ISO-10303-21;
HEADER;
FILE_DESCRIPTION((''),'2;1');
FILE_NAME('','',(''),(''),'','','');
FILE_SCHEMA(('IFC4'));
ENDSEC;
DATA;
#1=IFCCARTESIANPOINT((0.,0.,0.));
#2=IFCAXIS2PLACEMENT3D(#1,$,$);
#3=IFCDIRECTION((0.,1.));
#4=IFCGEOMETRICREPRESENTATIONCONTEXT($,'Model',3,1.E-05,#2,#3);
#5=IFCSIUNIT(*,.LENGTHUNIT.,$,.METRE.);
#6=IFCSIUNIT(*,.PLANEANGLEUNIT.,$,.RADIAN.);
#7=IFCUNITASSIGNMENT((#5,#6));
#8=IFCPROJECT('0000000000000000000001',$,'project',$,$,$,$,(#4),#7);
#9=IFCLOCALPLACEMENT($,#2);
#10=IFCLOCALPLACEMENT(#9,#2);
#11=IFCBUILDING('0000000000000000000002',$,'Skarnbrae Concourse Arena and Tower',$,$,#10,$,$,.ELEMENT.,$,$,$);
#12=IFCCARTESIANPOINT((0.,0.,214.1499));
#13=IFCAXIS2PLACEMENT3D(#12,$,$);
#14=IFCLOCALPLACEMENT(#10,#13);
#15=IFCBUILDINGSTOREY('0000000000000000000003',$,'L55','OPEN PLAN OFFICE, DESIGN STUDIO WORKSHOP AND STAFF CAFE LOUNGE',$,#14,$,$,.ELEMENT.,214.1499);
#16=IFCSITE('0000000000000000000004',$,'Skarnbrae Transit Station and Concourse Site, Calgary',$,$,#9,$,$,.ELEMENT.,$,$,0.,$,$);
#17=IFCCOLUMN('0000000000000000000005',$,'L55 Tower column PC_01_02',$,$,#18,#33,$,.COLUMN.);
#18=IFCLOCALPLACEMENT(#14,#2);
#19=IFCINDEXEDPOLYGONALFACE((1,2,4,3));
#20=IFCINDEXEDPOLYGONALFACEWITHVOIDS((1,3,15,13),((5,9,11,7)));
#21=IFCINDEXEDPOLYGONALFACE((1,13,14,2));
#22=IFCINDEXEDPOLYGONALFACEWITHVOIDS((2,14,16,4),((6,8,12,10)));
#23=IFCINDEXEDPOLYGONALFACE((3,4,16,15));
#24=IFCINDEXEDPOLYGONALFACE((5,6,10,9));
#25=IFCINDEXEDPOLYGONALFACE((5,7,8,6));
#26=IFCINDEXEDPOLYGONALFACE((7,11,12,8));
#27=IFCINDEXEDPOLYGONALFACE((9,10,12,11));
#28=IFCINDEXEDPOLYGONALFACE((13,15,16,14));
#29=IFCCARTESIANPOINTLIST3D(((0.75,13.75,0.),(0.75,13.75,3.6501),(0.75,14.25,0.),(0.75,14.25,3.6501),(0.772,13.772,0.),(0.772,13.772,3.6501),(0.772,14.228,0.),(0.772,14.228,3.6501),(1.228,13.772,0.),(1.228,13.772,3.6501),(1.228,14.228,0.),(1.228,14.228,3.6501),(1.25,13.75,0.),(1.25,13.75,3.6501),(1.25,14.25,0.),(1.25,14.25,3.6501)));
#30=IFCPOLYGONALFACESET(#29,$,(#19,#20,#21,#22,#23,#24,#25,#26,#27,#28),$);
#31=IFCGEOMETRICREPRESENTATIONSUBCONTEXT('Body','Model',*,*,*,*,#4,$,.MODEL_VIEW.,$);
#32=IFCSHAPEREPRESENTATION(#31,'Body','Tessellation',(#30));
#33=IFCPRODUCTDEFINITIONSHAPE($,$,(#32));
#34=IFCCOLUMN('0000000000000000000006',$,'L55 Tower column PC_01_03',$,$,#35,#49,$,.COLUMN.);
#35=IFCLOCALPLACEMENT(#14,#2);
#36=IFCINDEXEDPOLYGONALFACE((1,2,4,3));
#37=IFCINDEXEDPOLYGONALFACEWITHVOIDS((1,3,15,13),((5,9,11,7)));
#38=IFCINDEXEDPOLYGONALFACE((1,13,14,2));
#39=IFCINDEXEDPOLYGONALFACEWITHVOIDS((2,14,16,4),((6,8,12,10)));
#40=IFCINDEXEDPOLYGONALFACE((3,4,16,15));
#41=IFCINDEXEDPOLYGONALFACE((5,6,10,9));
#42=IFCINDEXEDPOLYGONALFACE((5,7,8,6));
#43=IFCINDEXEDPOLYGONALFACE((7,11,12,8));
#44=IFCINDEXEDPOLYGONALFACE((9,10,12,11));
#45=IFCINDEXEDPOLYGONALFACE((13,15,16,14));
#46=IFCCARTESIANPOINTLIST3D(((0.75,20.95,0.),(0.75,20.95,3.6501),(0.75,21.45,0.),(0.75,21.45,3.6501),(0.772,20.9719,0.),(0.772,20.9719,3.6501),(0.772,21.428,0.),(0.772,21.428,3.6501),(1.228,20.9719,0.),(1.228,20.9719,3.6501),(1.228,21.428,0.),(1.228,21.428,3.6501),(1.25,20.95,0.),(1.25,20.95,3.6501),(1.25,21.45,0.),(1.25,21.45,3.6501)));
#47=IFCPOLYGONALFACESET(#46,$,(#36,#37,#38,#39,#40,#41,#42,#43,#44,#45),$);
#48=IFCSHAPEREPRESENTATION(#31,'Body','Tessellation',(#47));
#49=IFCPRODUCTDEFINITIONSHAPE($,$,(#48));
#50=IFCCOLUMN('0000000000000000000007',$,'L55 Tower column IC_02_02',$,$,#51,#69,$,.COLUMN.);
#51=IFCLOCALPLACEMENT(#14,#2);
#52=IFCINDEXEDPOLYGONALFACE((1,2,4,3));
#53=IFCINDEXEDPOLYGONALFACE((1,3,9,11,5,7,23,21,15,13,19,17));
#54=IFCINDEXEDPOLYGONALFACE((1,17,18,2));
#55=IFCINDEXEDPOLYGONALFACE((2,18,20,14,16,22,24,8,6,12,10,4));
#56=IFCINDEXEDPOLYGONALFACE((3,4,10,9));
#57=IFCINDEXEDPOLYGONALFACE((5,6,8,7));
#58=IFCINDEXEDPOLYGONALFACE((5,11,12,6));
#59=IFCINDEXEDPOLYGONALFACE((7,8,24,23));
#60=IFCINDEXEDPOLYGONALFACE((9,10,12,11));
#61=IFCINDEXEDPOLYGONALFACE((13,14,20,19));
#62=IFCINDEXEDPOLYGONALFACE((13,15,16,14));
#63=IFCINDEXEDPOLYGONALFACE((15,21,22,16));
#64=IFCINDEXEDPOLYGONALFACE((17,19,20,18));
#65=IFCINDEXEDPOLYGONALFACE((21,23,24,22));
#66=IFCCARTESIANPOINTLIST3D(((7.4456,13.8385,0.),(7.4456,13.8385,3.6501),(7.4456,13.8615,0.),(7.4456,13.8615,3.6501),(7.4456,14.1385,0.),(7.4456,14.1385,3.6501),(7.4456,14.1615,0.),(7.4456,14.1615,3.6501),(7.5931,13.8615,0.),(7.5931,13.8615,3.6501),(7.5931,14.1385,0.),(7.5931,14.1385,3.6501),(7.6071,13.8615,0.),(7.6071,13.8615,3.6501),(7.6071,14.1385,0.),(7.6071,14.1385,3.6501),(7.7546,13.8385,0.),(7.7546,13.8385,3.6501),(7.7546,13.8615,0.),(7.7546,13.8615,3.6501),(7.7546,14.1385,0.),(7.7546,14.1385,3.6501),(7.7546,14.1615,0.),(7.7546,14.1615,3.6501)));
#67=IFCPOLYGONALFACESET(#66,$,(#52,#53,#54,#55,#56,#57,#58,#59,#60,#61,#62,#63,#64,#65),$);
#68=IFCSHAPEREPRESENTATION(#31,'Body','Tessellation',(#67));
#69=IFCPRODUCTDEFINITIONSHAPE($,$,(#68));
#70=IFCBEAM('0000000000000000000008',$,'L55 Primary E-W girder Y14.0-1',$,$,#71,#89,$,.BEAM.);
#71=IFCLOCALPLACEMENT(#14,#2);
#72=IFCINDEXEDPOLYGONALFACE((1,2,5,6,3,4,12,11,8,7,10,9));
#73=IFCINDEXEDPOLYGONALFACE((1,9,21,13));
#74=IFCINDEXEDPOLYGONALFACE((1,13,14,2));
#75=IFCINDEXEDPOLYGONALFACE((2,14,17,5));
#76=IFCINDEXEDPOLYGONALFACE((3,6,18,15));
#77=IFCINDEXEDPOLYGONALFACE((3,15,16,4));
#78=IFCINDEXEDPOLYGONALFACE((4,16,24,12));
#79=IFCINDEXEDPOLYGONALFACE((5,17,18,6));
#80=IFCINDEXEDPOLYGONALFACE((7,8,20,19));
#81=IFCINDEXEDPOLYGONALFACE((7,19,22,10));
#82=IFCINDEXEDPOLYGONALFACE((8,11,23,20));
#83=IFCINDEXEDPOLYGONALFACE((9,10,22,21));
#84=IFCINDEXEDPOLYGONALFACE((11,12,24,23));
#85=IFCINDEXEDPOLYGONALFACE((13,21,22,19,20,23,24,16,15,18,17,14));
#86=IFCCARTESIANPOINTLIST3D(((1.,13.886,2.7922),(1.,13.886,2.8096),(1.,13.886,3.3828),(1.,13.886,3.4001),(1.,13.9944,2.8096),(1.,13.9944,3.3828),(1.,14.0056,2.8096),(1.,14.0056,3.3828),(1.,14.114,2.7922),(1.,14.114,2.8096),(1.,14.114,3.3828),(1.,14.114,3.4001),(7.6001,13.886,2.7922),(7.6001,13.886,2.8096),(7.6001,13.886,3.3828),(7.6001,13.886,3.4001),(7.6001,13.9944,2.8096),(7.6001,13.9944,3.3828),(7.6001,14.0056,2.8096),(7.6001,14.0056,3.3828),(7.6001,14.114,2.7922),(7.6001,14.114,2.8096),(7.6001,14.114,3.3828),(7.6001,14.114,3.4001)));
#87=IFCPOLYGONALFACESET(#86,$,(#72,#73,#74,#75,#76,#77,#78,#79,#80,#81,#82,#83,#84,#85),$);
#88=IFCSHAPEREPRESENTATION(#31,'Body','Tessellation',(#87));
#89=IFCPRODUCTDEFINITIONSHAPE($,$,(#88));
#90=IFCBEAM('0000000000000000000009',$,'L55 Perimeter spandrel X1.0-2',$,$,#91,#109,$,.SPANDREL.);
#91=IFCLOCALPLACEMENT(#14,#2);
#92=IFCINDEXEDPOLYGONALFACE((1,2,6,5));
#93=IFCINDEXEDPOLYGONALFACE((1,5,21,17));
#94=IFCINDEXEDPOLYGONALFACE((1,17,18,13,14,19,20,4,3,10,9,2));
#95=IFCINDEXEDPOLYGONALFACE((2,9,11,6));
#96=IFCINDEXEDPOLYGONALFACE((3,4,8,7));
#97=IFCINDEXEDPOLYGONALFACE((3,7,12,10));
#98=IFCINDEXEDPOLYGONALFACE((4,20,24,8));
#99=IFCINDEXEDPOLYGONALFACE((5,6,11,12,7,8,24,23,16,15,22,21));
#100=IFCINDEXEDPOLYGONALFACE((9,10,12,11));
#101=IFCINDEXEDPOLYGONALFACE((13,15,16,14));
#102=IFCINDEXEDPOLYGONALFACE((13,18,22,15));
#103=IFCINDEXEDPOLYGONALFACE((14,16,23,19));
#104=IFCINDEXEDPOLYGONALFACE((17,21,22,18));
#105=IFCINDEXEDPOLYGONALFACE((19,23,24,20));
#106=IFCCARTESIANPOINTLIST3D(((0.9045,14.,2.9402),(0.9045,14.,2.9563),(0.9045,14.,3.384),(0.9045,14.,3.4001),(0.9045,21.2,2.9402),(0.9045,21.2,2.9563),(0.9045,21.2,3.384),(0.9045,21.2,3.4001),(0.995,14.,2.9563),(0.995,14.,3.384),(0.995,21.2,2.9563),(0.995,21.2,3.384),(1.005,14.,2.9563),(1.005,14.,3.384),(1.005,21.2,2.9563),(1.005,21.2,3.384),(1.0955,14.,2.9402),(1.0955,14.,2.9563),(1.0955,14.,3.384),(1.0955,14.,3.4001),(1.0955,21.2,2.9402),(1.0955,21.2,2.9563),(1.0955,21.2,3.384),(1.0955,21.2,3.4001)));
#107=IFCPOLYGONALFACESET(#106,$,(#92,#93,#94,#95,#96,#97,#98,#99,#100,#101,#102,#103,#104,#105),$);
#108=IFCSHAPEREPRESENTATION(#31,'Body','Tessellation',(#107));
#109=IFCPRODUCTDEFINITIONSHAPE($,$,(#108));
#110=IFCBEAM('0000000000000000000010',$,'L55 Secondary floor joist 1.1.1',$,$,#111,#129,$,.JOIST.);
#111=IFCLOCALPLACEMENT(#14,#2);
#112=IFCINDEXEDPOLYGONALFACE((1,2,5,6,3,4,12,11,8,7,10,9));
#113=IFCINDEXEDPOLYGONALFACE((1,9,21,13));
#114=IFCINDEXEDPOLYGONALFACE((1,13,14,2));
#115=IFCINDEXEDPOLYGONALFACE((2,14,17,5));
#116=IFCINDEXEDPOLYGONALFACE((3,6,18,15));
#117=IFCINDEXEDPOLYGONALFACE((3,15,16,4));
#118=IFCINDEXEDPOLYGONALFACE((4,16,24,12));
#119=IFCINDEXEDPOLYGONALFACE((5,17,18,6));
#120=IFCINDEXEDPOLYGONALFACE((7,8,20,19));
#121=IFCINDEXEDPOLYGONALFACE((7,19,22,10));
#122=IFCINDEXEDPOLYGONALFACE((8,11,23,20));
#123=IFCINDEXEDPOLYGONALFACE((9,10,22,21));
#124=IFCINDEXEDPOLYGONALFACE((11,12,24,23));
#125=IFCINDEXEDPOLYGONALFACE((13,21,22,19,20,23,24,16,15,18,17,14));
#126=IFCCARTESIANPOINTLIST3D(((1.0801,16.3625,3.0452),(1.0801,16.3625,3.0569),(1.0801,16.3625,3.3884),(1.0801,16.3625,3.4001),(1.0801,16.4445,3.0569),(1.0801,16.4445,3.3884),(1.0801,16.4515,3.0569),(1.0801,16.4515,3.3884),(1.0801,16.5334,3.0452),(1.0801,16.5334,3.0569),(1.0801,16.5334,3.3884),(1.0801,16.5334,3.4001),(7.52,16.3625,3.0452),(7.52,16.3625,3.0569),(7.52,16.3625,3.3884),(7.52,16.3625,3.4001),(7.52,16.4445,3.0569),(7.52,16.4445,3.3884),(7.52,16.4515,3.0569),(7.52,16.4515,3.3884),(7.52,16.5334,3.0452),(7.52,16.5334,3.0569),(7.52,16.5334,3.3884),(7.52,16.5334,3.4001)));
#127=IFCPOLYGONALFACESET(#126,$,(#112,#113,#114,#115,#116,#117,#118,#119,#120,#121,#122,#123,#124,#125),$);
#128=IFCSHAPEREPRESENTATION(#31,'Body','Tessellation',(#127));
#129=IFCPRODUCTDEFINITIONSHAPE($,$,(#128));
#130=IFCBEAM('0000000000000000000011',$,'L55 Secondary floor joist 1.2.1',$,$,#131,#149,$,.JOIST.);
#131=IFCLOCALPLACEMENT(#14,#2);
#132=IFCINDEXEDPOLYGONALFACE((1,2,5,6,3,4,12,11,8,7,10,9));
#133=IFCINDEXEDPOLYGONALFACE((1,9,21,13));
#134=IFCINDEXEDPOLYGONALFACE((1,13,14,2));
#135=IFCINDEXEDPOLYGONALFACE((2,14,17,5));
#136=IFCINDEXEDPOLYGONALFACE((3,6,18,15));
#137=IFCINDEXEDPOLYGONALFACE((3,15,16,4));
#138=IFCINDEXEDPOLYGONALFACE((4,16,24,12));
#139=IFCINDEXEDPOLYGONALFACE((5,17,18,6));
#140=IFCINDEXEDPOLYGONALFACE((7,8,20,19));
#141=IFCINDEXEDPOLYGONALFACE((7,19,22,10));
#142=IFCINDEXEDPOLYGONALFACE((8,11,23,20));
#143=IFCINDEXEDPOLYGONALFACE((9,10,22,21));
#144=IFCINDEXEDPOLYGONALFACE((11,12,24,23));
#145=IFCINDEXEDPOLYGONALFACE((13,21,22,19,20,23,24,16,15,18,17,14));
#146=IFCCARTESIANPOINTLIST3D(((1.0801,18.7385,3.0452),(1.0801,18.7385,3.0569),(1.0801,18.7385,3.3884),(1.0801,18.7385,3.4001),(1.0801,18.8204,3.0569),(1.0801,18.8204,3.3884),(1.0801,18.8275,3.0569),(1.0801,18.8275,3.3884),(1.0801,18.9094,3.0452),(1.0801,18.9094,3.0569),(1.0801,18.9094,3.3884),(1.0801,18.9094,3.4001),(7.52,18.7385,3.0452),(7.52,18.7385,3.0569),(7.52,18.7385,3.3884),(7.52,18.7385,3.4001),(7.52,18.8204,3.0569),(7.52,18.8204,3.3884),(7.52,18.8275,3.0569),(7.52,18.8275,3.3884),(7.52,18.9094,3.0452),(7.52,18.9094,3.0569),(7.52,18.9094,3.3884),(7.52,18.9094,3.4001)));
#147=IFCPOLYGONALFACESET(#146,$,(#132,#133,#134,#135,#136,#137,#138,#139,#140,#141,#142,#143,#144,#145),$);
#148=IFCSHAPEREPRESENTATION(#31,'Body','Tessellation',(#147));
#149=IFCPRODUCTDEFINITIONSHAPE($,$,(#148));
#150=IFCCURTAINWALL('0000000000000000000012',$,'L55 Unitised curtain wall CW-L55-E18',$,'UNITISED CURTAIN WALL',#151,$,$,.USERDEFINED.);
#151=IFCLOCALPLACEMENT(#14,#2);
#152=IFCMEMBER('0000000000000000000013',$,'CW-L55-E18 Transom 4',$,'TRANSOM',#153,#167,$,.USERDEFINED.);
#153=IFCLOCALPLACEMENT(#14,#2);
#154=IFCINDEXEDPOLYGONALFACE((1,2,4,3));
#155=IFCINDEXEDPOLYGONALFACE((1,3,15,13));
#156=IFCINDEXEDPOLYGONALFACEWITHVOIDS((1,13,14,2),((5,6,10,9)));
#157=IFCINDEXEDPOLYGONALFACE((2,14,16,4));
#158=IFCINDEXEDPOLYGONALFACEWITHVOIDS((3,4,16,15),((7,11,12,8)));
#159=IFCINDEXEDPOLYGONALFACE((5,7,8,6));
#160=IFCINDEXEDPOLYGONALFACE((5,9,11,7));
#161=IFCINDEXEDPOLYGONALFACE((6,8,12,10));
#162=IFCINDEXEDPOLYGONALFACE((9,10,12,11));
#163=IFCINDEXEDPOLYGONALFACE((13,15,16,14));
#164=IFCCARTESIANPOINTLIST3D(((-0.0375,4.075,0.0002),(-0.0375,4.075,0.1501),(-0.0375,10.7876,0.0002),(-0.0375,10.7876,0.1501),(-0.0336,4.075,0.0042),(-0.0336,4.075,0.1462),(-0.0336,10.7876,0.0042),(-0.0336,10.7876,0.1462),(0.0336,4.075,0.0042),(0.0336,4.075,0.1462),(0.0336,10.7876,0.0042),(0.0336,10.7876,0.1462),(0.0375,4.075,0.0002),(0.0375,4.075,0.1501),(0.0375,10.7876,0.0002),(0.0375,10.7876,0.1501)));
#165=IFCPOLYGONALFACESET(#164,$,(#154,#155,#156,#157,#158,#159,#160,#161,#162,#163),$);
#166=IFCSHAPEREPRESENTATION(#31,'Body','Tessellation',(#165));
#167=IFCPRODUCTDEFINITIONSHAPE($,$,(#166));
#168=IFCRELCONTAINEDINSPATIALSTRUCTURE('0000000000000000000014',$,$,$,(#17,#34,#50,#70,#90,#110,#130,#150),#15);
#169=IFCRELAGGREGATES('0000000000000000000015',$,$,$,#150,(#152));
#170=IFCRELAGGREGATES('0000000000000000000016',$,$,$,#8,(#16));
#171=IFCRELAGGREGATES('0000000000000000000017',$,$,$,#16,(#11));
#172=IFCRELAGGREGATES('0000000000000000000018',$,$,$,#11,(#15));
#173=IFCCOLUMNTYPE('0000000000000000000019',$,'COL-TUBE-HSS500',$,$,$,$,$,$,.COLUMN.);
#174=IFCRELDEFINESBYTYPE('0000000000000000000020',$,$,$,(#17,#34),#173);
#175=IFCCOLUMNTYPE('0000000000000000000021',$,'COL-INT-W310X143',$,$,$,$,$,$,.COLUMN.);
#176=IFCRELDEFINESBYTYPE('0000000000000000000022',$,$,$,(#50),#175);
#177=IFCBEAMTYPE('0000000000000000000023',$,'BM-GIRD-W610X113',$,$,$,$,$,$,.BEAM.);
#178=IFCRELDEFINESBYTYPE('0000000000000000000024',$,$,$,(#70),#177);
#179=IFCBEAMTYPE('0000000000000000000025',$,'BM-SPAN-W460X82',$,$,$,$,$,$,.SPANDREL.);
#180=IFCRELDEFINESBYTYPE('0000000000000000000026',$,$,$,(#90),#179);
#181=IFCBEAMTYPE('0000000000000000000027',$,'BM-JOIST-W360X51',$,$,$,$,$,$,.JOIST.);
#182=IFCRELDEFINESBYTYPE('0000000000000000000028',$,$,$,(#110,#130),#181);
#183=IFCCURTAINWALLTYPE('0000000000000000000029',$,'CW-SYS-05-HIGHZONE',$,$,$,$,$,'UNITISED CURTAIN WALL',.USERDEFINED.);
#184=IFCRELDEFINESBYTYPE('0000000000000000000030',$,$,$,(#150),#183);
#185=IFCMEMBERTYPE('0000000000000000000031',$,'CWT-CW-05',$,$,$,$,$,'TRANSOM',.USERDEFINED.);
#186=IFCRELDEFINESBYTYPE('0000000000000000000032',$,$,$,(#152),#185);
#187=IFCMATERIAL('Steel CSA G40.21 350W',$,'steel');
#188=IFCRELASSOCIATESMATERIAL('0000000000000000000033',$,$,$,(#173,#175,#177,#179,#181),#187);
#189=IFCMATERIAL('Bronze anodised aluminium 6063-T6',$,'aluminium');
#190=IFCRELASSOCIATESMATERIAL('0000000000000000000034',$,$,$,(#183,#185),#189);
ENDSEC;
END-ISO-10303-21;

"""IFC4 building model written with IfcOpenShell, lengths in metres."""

from ifc_helpers import new_model, si_unit, direction, frame, origin, origin_2d, place, context, subcontext, project, spatial, hollow_rectangle, i_section, extrude, source, transform, mapped, material, material_profile, profile_set, type_object, element, aggregate, save


model = new_model("IFC4")

# Units and contexts
model_context = context("Model", 3, precision=1e-05, world=origin(), true_north=direction((0.0, 1.0)))
body_context = subcontext(model_context, "Body", "Model", "MODEL_VIEW")
ifc_project = project(units=[si_unit("LENGTHUNIT", "METRE"), si_unit("PLANEANGLEUNIT", "RADIAN")], contexts=[model_context])

# Site, building, storey
site_placement = place(None, origin())
site = spatial("IfcSite", under=ifc_project, at=site_placement, Name="Skarnbrae Transit Station and Concourse Site, Calgary", CompositionType="ELEMENT", RefElevation=0.0)
building_placement = place(site_placement, origin())
building = spatial("IfcBuilding", under=site, at=building_placement, Name="Skarnbrae Concourse Arena and Tower", CompositionType="ELEMENT")
storey_placement = place(building_placement, frame((0.0, 0.0, 214.1499)))
storey = spatial("IfcBuildingStorey", under=building, at=storey_placement, Name="L55", Description="OPEN PLAN OFFICE, DESIGN STUDIO WORKSHOP AND STAFF CAFE LOUNGE", CompositionType="ELEMENT", Elevation=214.1499)

# Columns
ifc_material_1 = material(Name="Steel CSA G40.21 350W", Category="steel")
ifc_material_profile_1 = material_profile(ifc_material_1, hollow_rectangle(XDim=0.5, YDim=0.5, WallThickness=0.022, at=origin_2d()), Name="HSS500X500X22.0")
ifc_profile_set_1 = profile_set([ifc_material_profile_1], Name="Steel CSA G40.21 350W")
column_type_1 = type_object("IfcColumnType", Name="COL-TUBE-HSS500", PredefinedType="COLUMN", material=ifc_profile_set_1)
shared_shape_1 = source(origin(), body_context, "Body", "SweptSolid", [
    extrude(hollow_rectangle(XDim=0.5, YDim=0.5, WallThickness=0.022, at=origin_2d()), origin(), (0.0, 0.0, 1.0), 3.6501),
])
for number, where, z_axis, x_axis, name in (
    (1, (1.0, 14.0, 0.0), (0.0, 0.0, 1.0), (1.0, 0.0, 0.0), "L55 Tower column PC_01_02"),
    (2, (1.0, 21.2, 0.0), (0.0, 0.0, 1.0), (1.0, 0.0, 0.0), "L55 Tower column PC_01_03"),
):
    element("IfcColumn", number, at=place(storey_placement, frame(where, z_axis=z_axis, x_axis=x_axis)), inside=storey, type_object=column_type_1, Name=name, PredefinedType="COLUMN", context=body_context, shape_type="MappedRepresentation", body=[
        mapped(shared_shape_1, transform((0.0, 0.0, 0.0))),
    ])
ifc_material_profile_2 = material_profile(ifc_material_1, i_section(OverallWidth=0.3091, OverallDepth=0.323, WebThickness=0.0139, FlangeThickness=0.0229, at=origin_2d()), Name="W310X143")
ifc_profile_set_2 = profile_set([ifc_material_profile_2], Name="Steel CSA G40.21 350W")
column_type_2 = type_object("IfcColumnType", Name="COL-INT-W310X143", PredefinedType="COLUMN", material=ifc_profile_set_2)
shared_shape_2 = source(origin(), body_context, "Body", "SweptSolid", [
    extrude(i_section(OverallWidth=0.3091, OverallDepth=0.323, WebThickness=0.0139, FlangeThickness=0.0229, at=origin_2d()), origin(), (0.0, 0.0, 1.0), 3.6501),
])
column_placement = place(storey_placement, frame((7.6001, 14.0, 0.0), z_axis=(0.0, 0.0, 1.0), x_axis=(1.0, 0.0, 0.0)))
element("IfcColumn", 3, at=column_placement, inside=storey, type_object=column_type_2, Name="L55 Tower column IC_02_02", PredefinedType="COLUMN", context=body_context, shape_type="MappedRepresentation", body=[
    mapped(shared_shape_2, transform((0.0, 0.0, 0.0))),
])

# Beams
ifc_material_profile_3 = material_profile(ifc_material_1, i_section(OverallWidth=0.228, OverallDepth=0.6079, WebThickness=0.0112, FlangeThickness=0.0173, at=origin_2d()), Name="W610X113")
ifc_profile_set_3 = profile_set([ifc_material_profile_3], Name="Steel CSA G40.21 350W")
beam_type_1 = type_object("IfcBeamType", Name="BM-GIRD-W610X113", PredefinedType="BEAM", material=ifc_profile_set_3)
shared_shape_3 = source(origin(), body_context, "Body", "SweptSolid", [
    extrude(i_section(OverallWidth=0.228, OverallDepth=0.6079, WebThickness=0.0112, FlangeThickness=0.0173, at=origin_2d()), origin(), (0.0, 0.0, 1.0), 6.6001),
])
beam_1_placement = place(storey_placement, frame((1.0, 14.0, 3.0962), z_axis=(1.0, 0.0, 0.0), x_axis=(0.0, 1.0, 0.0)))
element("IfcBeam", 4, at=beam_1_placement, inside=storey, type_object=beam_type_1, Name="L55 Primary E-W girder Y14.0-1", PredefinedType="BEAM", context=body_context, shape_type="MappedRepresentation", body=[
    mapped(shared_shape_3, transform((0.0, 0.0, 0.0))),
])
ifc_material_profile_4 = material_profile(ifc_material_1, i_section(OverallWidth=0.1909, OverallDepth=0.46, WebThickness=0.01, FlangeThickness=0.0161, at=origin_2d()), Name="W460X82")
ifc_profile_set_4 = profile_set([ifc_material_profile_4], Name="Steel CSA G40.21 350W")
beam_type_2 = type_object("IfcBeamType", Name="BM-SPAN-W460X82", PredefinedType="SPANDREL", material=ifc_profile_set_4)
shared_shape_4 = source(origin(), body_context, "Body", "SweptSolid", [
    extrude(i_section(OverallWidth=0.1909, OverallDepth=0.46, WebThickness=0.01, FlangeThickness=0.0161, at=origin_2d()), origin(), (0.0, 0.0, 1.0), 7.2),
])
beam_2_placement = place(storey_placement, frame((1.0, 14.0, 3.1702), z_axis=(0.0, 1.0, 0.0), x_axis=(-1.0, 0.0, 0.0)))
element("IfcBeam", 5, at=beam_2_placement, inside=storey, type_object=beam_type_2, Name="L55 Perimeter spandrel X1.0-2", PredefinedType="SPANDREL", context=body_context, shape_type="MappedRepresentation", body=[
    mapped(shared_shape_4, transform((0.0, 0.0, 0.0))),
])
ifc_material_profile_5 = material_profile(ifc_material_1, i_section(OverallWidth=0.1709, OverallDepth=0.355, WebThickness=0.0071, FlangeThickness=0.0117, at=origin_2d()), Name="W360X51")
ifc_profile_set_5 = profile_set([ifc_material_profile_5], Name="Steel CSA G40.21 350W")
beam_type_3 = type_object("IfcBeamType", Name="BM-JOIST-W360X51", PredefinedType="JOIST", material=ifc_profile_set_5)
shared_shape_5 = source(origin(), body_context, "Body", "SweptSolid", [
    extrude(i_section(OverallWidth=0.1709, OverallDepth=0.355, WebThickness=0.0071, FlangeThickness=0.0117, at=origin_2d()), origin(), (0.0, 0.0, 1.0), 6.4399),
])
for number, where, z_axis, x_axis, name in (
    (6, (1.0801, 16.448, 3.2227), (1.0, 0.0, 0.0), (0.0, 1.0, 0.0), "L55 Secondary floor joist 1.1.1"),
    (7, (1.0801, 18.824, 3.2227), (1.0, 0.0, 0.0), (0.0, 1.0, 0.0), "L55 Secondary floor joist 1.2.1"),
):
    element("IfcBeam", number, at=place(storey_placement, frame(where, z_axis=z_axis, x_axis=x_axis)), inside=storey, type_object=beam_type_3, Name=name, PredefinedType="JOIST", context=body_context, shape_type="MappedRepresentation", body=[
        mapped(shared_shape_5, transform((0.0, 0.0, 0.0))),
    ])

# Curtain wall, member
ifc_material_2 = material(Name="Bronze anodised aluminium 6063-T6", Category="aluminium")
curtain_wall_type = type_object("IfcCurtainWallType", Name="CW-SYS-05-HIGHZONE", ElementType="UNITISED CURTAIN WALL", PredefinedType="USERDEFINED", material=ifc_material_2)
curtain_wall_placement = place(storey_placement, origin())
curtain_wall = element("IfcCurtainWall", 8, at=curtain_wall_placement, inside=storey, type_object=curtain_wall_type, Name="L55 Unitised curtain wall CW-L55-E18", ObjectType="UNITISED CURTAIN WALL", PredefinedType="USERDEFINED")
ifc_material_profile_6 = material_profile(ifc_material_2, hollow_rectangle(XDim=0.075, YDim=0.1499, WallThickness=0.0039, at=origin_2d()), Name="ALU-TRAN-75X150")
ifc_profile_set_6 = profile_set([ifc_material_profile_6], Name="Bronze anodised aluminium 6063-T6")
member_type_1 = type_object("IfcMemberType", Name="CWT-CW-05", ElementType="TRANSOM", PredefinedType="USERDEFINED", material=ifc_profile_set_6)
shared_shape_6 = source(origin(), body_context, "Body", "SweptSolid", [
    extrude(hollow_rectangle(XDim=0.075, YDim=0.1499, WallThickness=0.0039, at=origin_2d()), origin(), (0.0, 0.0, 1.0), 6.7126),
])
member_1_placement = place(storey_placement, frame((0.0, 10.7876, 0.0752), z_axis=(0.0, -1.0, 0.0), x_axis=(1.0, 0.0, 0.0)))
member_1 = element("IfcMember", 9, at=member_1_placement, type_object=member_type_1, Name="CW-L55-E18 Transom 4", ObjectType="TRANSOM", PredefinedType="USERDEFINED", context=body_context, shape_type="MappedRepresentation", body=[
    mapped(shared_shape_6, transform((0.0, 0.0, 0.0))),
])
aggregate(curtain_wall, [member_1])

save(model, "model.ifc")
